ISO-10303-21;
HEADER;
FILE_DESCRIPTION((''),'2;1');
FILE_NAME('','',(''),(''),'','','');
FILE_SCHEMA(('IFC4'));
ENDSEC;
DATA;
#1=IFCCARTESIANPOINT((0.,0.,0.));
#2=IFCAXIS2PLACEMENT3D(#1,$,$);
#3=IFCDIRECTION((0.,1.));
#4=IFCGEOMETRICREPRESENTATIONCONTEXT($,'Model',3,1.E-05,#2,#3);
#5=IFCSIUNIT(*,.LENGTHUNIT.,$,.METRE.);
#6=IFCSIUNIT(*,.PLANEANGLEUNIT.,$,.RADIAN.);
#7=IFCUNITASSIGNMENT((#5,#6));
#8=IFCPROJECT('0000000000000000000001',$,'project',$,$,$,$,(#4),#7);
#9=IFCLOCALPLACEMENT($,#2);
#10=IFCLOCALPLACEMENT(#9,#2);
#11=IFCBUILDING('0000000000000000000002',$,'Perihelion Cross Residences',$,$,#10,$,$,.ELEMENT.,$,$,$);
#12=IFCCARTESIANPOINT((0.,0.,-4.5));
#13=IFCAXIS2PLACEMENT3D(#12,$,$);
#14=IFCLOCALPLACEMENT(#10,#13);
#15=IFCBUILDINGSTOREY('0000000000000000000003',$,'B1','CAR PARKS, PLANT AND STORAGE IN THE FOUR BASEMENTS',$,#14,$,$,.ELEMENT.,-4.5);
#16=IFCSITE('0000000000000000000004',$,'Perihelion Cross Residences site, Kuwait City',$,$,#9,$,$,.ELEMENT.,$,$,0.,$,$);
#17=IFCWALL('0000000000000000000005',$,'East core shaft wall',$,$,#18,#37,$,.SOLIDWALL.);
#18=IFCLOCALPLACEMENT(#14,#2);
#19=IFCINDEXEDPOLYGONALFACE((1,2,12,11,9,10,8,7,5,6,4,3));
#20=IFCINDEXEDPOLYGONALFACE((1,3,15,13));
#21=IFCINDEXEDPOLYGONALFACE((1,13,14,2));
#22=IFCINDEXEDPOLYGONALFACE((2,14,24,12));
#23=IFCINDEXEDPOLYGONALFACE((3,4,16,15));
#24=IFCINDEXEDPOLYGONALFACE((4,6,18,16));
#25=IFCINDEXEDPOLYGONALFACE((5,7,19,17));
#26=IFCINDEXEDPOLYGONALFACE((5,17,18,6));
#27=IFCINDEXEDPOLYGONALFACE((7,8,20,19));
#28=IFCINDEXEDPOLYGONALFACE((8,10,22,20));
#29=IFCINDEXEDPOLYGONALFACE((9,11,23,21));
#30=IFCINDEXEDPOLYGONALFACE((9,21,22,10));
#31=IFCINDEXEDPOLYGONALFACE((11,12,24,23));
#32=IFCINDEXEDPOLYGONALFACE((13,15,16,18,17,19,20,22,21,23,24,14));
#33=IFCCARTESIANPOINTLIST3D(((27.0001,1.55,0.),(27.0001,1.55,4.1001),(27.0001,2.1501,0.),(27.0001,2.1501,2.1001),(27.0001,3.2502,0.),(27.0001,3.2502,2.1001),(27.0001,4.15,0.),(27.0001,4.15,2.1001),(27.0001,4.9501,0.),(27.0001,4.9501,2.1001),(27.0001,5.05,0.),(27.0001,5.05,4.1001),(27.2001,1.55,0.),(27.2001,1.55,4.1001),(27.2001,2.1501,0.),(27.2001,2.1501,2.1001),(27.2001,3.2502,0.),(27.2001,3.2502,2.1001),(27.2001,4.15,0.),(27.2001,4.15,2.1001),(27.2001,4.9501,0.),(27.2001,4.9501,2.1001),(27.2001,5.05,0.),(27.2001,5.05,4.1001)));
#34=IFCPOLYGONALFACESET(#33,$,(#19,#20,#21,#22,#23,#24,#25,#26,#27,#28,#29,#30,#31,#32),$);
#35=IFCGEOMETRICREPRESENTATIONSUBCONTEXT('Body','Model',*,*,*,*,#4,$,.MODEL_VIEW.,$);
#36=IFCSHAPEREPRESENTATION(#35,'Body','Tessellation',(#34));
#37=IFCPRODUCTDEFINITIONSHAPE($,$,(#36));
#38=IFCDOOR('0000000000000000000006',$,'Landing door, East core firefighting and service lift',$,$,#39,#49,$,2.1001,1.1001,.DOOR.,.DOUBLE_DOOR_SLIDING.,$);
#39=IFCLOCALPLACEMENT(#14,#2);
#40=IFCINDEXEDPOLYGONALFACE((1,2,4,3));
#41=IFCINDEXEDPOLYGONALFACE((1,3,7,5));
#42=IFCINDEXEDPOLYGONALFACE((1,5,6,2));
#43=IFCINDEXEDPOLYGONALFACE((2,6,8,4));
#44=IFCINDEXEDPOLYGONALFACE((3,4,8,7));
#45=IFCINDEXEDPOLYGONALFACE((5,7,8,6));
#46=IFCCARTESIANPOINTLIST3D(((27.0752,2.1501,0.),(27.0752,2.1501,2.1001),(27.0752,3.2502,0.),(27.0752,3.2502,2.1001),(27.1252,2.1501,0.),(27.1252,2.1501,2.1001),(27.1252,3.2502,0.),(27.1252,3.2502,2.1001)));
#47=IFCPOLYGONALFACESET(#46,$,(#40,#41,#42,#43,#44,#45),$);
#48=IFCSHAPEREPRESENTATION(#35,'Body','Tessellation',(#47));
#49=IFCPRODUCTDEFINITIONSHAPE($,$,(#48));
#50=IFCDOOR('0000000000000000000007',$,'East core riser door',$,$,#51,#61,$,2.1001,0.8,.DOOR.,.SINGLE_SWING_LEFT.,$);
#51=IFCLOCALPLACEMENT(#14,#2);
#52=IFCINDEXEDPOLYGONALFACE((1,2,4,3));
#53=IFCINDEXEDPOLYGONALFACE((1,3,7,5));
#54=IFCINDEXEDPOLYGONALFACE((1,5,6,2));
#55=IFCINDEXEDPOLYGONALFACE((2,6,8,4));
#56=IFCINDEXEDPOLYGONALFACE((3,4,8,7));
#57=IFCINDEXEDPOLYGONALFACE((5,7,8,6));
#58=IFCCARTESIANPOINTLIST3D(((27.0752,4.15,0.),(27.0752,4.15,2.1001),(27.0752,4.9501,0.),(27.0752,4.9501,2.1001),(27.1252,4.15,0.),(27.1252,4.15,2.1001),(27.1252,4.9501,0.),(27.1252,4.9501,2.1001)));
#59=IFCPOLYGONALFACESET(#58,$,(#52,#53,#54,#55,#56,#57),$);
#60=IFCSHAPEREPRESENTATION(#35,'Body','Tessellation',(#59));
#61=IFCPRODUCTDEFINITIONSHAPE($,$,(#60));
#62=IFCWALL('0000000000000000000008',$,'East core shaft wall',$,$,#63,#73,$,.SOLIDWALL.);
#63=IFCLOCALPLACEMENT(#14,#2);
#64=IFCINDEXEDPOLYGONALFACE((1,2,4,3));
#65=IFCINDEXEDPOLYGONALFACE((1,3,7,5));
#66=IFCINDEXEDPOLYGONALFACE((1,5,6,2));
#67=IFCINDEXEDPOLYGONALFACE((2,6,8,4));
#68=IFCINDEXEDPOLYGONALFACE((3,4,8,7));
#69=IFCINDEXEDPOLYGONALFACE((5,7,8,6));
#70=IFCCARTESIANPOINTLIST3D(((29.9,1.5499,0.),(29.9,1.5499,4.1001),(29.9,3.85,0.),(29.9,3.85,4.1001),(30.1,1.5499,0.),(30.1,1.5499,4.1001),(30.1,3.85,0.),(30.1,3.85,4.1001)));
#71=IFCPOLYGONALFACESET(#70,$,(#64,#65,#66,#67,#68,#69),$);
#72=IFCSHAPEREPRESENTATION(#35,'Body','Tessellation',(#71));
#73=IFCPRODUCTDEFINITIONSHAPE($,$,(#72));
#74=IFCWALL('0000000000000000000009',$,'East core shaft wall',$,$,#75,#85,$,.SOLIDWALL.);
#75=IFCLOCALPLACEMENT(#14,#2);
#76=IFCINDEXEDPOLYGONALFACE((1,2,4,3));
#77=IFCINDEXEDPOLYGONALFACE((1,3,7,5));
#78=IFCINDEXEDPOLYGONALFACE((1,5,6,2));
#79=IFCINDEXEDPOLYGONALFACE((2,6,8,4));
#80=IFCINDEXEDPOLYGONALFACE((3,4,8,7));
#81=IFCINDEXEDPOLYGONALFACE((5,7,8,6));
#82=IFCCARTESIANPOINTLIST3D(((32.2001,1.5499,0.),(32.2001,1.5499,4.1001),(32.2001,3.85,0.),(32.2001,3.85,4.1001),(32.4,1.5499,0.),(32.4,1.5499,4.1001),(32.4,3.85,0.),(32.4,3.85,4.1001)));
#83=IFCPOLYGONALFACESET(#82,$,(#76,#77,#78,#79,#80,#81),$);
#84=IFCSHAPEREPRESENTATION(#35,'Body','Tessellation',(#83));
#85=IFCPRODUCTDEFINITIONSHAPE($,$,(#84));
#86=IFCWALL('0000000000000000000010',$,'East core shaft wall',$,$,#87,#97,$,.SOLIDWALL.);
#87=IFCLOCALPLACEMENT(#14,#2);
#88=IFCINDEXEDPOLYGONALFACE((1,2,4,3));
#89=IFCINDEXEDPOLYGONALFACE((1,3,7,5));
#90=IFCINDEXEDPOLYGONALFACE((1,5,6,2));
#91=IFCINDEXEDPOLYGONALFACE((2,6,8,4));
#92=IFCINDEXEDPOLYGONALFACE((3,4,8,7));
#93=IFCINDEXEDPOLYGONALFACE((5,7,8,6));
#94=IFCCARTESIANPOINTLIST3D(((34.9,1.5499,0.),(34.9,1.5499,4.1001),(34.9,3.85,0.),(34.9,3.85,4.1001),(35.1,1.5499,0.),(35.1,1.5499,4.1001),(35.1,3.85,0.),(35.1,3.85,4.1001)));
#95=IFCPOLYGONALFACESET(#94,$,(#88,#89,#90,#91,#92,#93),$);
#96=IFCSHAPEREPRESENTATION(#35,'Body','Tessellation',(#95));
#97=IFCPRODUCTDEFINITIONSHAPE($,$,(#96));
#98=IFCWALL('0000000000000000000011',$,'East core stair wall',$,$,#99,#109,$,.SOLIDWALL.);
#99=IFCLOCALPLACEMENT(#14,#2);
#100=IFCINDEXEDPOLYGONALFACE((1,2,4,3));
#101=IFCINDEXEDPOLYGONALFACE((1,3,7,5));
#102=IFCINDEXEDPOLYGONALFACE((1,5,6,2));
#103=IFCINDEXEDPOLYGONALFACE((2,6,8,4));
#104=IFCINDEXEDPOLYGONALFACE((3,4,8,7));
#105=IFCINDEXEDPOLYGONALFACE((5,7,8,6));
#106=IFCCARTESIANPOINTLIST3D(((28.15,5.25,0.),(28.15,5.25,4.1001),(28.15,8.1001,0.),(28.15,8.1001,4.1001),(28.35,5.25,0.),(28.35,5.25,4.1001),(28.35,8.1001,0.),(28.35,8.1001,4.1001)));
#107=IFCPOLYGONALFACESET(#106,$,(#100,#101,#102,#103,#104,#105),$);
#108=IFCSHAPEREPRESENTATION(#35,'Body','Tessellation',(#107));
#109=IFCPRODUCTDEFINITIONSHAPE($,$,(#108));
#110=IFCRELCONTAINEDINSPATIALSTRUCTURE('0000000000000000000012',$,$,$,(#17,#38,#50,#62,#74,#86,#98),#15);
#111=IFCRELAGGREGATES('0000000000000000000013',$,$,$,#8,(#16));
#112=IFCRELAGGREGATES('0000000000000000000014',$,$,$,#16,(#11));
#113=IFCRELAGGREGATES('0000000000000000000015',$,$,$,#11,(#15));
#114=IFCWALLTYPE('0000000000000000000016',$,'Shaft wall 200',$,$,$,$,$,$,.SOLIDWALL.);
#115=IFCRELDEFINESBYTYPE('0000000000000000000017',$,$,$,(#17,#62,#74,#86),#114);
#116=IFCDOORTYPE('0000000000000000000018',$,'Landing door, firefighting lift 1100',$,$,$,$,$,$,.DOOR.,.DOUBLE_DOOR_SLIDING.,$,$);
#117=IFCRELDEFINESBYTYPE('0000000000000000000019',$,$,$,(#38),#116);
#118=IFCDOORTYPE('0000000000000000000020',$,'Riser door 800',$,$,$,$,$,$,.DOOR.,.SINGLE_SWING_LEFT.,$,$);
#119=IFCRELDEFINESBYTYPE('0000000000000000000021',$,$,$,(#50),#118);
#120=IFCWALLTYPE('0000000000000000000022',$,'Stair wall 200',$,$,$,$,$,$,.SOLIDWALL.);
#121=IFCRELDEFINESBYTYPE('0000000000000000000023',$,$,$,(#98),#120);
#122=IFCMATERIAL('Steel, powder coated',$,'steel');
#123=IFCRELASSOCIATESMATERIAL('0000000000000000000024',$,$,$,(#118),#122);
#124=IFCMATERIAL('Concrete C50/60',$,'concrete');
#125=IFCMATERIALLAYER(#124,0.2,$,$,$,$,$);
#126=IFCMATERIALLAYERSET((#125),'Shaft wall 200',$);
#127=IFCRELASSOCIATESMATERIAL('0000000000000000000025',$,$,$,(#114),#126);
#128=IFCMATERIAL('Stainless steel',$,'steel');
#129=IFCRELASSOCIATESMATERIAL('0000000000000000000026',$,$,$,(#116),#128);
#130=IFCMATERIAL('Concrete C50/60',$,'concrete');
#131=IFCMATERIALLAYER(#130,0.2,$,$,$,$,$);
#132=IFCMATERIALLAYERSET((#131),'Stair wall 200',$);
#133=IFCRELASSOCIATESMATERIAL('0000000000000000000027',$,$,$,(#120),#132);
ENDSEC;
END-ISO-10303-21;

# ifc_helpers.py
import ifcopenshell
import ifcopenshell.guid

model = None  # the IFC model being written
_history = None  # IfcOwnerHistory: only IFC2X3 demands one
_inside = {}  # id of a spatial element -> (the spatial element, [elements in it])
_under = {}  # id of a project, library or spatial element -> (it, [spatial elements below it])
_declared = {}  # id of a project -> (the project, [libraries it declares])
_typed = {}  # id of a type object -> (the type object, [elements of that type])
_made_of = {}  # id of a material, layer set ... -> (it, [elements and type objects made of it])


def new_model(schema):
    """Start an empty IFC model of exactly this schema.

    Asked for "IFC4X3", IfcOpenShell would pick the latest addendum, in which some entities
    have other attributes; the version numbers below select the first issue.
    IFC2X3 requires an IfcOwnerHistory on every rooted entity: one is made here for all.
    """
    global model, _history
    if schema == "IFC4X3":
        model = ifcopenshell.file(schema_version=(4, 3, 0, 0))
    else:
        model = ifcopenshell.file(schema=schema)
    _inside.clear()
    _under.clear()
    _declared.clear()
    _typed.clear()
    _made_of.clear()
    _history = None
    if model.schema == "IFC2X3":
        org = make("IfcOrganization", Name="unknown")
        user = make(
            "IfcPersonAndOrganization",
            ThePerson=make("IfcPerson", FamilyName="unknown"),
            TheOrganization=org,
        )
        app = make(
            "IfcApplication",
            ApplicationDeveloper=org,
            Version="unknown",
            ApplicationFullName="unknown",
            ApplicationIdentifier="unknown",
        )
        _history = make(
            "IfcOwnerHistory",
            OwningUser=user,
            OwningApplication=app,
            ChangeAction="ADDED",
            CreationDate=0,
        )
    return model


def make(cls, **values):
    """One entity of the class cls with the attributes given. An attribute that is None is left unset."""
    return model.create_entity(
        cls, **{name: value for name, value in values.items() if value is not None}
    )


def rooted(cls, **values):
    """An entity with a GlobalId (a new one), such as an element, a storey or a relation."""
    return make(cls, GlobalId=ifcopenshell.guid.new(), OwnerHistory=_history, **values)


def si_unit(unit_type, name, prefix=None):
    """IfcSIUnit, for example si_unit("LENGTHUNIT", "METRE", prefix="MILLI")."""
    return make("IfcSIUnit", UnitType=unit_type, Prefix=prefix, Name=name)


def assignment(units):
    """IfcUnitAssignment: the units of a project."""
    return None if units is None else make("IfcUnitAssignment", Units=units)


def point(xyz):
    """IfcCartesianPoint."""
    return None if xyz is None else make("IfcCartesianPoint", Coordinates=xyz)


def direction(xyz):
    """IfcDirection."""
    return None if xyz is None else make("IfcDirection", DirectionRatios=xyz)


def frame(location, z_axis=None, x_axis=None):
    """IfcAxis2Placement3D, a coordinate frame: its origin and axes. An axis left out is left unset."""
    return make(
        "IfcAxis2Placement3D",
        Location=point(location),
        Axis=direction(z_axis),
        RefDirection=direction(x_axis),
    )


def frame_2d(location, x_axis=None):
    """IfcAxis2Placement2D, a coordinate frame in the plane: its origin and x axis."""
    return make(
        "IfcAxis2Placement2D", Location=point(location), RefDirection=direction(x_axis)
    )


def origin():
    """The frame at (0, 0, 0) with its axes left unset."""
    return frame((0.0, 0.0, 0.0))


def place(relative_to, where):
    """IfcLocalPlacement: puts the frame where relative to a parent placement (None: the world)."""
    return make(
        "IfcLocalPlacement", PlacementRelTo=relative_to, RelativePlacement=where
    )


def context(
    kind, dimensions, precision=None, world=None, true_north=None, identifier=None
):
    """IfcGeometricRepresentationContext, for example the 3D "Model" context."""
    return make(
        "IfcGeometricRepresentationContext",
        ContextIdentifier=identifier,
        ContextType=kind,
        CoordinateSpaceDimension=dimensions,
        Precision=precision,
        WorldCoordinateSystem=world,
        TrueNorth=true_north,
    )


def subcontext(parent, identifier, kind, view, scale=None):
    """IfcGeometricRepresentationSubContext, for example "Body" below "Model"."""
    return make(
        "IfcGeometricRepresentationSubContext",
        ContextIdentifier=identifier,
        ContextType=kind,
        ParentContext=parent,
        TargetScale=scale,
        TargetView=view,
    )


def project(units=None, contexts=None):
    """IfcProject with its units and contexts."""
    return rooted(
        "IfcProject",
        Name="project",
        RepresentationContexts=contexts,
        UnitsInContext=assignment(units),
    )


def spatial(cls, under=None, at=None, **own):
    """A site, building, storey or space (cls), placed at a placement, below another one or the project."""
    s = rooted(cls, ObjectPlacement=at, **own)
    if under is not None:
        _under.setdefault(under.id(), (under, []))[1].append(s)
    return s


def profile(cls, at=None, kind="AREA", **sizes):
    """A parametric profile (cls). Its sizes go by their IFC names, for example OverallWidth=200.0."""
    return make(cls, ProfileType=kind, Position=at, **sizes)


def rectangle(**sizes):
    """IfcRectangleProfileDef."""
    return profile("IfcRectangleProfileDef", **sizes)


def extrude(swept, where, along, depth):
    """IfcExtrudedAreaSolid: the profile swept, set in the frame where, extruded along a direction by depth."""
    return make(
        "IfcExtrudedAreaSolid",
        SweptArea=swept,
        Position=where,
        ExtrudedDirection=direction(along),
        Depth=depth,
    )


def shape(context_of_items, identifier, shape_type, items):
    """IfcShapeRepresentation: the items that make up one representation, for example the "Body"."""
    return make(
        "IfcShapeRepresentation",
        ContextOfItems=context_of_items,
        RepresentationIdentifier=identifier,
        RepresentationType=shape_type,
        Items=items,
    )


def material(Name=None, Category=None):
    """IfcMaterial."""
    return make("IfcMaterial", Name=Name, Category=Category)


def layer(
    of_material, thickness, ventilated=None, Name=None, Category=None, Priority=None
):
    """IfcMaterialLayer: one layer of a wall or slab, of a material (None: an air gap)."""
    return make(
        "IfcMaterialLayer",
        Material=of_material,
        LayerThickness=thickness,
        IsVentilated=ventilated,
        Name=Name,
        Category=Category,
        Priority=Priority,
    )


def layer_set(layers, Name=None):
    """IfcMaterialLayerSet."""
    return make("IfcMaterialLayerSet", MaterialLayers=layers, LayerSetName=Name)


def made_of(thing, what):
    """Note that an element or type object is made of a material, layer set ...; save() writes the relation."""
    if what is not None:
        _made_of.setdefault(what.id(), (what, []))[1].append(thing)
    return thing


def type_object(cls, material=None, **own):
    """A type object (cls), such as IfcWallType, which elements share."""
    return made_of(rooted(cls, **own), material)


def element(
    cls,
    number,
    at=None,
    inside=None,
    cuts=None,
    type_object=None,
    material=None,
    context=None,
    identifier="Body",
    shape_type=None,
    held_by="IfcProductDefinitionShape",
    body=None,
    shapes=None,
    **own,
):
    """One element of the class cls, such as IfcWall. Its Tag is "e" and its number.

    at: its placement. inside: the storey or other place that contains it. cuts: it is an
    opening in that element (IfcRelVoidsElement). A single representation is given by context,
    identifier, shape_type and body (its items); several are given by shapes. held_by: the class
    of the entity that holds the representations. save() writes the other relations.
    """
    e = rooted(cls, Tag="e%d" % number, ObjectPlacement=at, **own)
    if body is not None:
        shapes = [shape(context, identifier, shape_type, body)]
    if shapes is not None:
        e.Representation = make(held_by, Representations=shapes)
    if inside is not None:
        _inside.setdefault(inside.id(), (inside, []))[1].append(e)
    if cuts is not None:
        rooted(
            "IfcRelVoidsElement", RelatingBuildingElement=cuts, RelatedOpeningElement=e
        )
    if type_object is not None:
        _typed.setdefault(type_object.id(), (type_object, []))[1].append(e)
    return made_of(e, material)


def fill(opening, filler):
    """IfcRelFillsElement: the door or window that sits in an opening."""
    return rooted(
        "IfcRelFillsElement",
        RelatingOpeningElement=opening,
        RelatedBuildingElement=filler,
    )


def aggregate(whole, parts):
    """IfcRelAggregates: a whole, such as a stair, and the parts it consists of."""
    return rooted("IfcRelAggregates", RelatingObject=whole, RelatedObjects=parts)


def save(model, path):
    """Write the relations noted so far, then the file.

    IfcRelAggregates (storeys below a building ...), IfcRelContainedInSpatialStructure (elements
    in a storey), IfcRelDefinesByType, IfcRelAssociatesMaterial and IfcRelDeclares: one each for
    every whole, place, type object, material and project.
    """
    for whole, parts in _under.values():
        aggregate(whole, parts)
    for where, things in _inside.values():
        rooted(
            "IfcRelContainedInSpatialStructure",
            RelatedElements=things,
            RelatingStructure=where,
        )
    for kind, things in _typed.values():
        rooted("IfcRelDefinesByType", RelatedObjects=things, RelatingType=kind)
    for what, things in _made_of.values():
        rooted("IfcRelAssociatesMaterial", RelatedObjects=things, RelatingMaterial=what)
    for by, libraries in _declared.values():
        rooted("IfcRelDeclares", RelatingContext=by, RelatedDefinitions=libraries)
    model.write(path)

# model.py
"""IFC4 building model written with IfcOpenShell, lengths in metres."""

from ifc_helpers import new_model, si_unit, direction, frame, frame_2d, origin, place, context, subcontext, project, spatial, rectangle, extrude, material, layer, layer_set, type_object, element, fill, save


model = new_model("IFC4")

# Units and contexts
model_context = context("Model", 3, precision=1e-05, world=origin(), true_north=direction((0.0, 1.0)))
body_context = subcontext(model_context, "Body", "Model", "MODEL_VIEW")
ifc_project = project(units=[si_unit("LENGTHUNIT", "METRE"), si_unit("PLANEANGLEUNIT", "RADIAN")], contexts=[model_context])

# Site, building, storey
site_placement = place(None, origin())
site = spatial("IfcSite", under=ifc_project, at=site_placement, Name="Perihelion Cross Residences site, Kuwait City", CompositionType="ELEMENT", RefElevation=0.0)
building_placement = place(site_placement, origin())
building = spatial("IfcBuilding", under=site, at=building_placement, Name="Perihelion Cross Residences", CompositionType="ELEMENT")
storey_placement = place(building_placement, frame((0.0, 0.0, -4.5)))
storey = spatial("IfcBuildingStorey", under=building, at=storey_placement, Name="B1", Description="CAR PARKS, PLANT AND STORAGE IN THE FOUR BASEMENTS", CompositionType="ELEMENT", Elevation=-4.5)

# Shared definitions
ifc_material_1 = material(Name="Steel, powder coated", Category="steel")
door_type_1 = type_object("IfcDoorType", Name="Riser door 800", OperationType="SINGLE_SWING_LEFT", PredefinedType="DOOR", material=ifc_material_1)

# Shared definitions
ifc_material_2 = material(Name="Concrete C50/60", Category="concrete")
ifc_layer_1 = layer(ifc_material_2, 0.2)
ifc_layer_set_1 = layer_set([ifc_layer_1], Name="Shaft wall 200")
wall_type_1 = type_object("IfcWallType", Name="Shaft wall 200", PredefinedType="SOLIDWALL", material=ifc_layer_set_1)

# Wall, openings, doors
wall_1_placement = place(storey_placement, frame((27.1001, 1.55, 0.0), z_axis=(0.0, 0.0, 1.0), x_axis=(0.0, 1.0, 0.0)))
wall_1 = element("IfcWall", 1, at=wall_1_placement, inside=storey, type_object=wall_type_1, Name="East core shaft wall", PredefinedType="SOLIDWALL", context=body_context, shape_type="SweptSolid", body=[
    extrude(rectangle(XDim=3.5, YDim=0.2, at=frame_2d((1.75, 0.0))), origin(), (0.0, 0.0, 1.0), 4.1001),
])
opening_1_placement = place(wall_1_placement, frame((0.6001, 0.0, 0.0)))
opening_1 = element("IfcOpeningElement", 2, at=opening_1_placement, cuts=wall_1, PredefinedType="OPENING", context=body_context, shape_type="SweptSolid", body=[
    extrude(rectangle(XDim=1.1001, YDim=2.1001, at=frame_2d((0.55, 1.05))), frame((0.0, 0.1099, 0.0), z_axis=(0.0, -1.0, 0.0), x_axis=(1.0, 0.0, 0.0)), (0.0, 0.0, 1.0), 0.22),
])
opening_2_placement = place(wall_1_placement, frame((2.6001, 0.0, 0.0)))
opening_2 = element("IfcOpeningElement", 3, at=opening_2_placement, cuts=wall_1, PredefinedType="OPENING", context=body_context, shape_type="SweptSolid", body=[
    extrude(rectangle(XDim=0.8, YDim=2.1001, at=frame_2d((0.3999, 1.05))), frame((0.0, 0.1099, 0.0), z_axis=(0.0, -1.0, 0.0), x_axis=(1.0, 0.0, 0.0)), (0.0, 0.0, 1.0), 0.22),
])
ifc_material_3 = material(Name="Stainless steel", Category="steel")
door_type_2 = type_object("IfcDoorType", Name="Landing door, firefighting lift 1100", OperationType="DOUBLE_DOOR_SLIDING", PredefinedType="DOOR", material=ifc_material_3)
door_1_placement = place(opening_1_placement, origin())
door_1 = element("IfcDoor", 4, at=door_1_placement, inside=storey, type_object=door_type_2, Name="Landing door, East core firefighting and service lift", OperationType="DOUBLE_DOOR_SLIDING", OverallHeight=2.1001, OverallWidth=1.1001, PredefinedType="DOOR", context=body_context, shape_type="SweptSolid", body=[
    extrude(rectangle(XDim=1.1001, YDim=2.1001, at=frame_2d((0.55, 1.05))), frame((0.0, 0.0249, 0.0), z_axis=(0.0, -1.0, 0.0), x_axis=(1.0, 0.0, 0.0)), (0.0, 0.0, 1.0), 0.05),
])
fill(opening_1, door_1)
door_2_placement = place(opening_2_placement, origin())
door_2 = element("IfcDoor", 5, at=door_2_placement, inside=storey, type_object=door_type_1, Name="East core riser door", OperationType="SINGLE_SWING_LEFT", OverallHeight=2.1001, OverallWidth=0.8, PredefinedType="DOOR", context=body_context, shape_type="SweptSolid", body=[
    extrude(rectangle(XDim=0.8, YDim=2.1001, at=frame_2d((0.3999, 1.05))), frame((0.0, 0.0249, 0.0), z_axis=(0.0, -1.0, 0.0), x_axis=(1.0, 0.0, 0.0)), (0.0, 0.0, 1.0), 0.05),
])
fill(opening_2, door_2)

# Walls
for number, where, z_axis, x_axis, name in (
    (6, (30.0, 1.55, 0.0), (0.0, 0.0, 1.0), (0.0, 1.0, 0.0), "East core shaft wall"),
    (7, (32.3, 1.55, 0.0), (0.0, 0.0, 1.0), (0.0, 1.0, 0.0), "East core shaft wall"),
    (8, (35.0, 1.55, 0.0), (0.0, 0.0, 1.0), (0.0, 1.0, 0.0), "East core shaft wall"),
):
    element("IfcWall", number, at=place(storey_placement, frame(where, z_axis=z_axis, x_axis=x_axis)), inside=storey, type_object=wall_type_1, Name=name, PredefinedType="SOLIDWALL", context=body_context, shape_type="SweptSolid", body=[
        extrude(rectangle(XDim=2.3, YDim=0.2, at=frame_2d((1.1499, 0.0))), origin(), (0.0, 0.0, 1.0), 4.1001),
    ])
ifc_material_4 = material(Name="Concrete C50/60", Category="concrete")
ifc_layer_2 = layer(ifc_material_4, 0.2)
ifc_layer_set_2 = layer_set([ifc_layer_2], Name="Stair wall 200")
wall_type_2 = type_object("IfcWallType", Name="Stair wall 200", PredefinedType="SOLIDWALL", material=ifc_layer_set_2)
wall_2_placement = place(storey_placement, frame((28.25, 5.25, 0.0), z_axis=(0.0, 0.0, 1.0), x_axis=(0.0, 1.0, 0.0)))
element("IfcWall", 9, at=wall_2_placement, inside=storey, type_object=wall_type_2, Name="East core stair wall", PredefinedType="SOLIDWALL", context=body_context, shape_type="SweptSolid", body=[
    extrude(rectangle(XDim=2.8501, YDim=0.2, at=frame_2d((1.425, 0.0))), origin(), (0.0, 0.0, 1.0), 4.1001),
])

save(model, "model.ifc")
